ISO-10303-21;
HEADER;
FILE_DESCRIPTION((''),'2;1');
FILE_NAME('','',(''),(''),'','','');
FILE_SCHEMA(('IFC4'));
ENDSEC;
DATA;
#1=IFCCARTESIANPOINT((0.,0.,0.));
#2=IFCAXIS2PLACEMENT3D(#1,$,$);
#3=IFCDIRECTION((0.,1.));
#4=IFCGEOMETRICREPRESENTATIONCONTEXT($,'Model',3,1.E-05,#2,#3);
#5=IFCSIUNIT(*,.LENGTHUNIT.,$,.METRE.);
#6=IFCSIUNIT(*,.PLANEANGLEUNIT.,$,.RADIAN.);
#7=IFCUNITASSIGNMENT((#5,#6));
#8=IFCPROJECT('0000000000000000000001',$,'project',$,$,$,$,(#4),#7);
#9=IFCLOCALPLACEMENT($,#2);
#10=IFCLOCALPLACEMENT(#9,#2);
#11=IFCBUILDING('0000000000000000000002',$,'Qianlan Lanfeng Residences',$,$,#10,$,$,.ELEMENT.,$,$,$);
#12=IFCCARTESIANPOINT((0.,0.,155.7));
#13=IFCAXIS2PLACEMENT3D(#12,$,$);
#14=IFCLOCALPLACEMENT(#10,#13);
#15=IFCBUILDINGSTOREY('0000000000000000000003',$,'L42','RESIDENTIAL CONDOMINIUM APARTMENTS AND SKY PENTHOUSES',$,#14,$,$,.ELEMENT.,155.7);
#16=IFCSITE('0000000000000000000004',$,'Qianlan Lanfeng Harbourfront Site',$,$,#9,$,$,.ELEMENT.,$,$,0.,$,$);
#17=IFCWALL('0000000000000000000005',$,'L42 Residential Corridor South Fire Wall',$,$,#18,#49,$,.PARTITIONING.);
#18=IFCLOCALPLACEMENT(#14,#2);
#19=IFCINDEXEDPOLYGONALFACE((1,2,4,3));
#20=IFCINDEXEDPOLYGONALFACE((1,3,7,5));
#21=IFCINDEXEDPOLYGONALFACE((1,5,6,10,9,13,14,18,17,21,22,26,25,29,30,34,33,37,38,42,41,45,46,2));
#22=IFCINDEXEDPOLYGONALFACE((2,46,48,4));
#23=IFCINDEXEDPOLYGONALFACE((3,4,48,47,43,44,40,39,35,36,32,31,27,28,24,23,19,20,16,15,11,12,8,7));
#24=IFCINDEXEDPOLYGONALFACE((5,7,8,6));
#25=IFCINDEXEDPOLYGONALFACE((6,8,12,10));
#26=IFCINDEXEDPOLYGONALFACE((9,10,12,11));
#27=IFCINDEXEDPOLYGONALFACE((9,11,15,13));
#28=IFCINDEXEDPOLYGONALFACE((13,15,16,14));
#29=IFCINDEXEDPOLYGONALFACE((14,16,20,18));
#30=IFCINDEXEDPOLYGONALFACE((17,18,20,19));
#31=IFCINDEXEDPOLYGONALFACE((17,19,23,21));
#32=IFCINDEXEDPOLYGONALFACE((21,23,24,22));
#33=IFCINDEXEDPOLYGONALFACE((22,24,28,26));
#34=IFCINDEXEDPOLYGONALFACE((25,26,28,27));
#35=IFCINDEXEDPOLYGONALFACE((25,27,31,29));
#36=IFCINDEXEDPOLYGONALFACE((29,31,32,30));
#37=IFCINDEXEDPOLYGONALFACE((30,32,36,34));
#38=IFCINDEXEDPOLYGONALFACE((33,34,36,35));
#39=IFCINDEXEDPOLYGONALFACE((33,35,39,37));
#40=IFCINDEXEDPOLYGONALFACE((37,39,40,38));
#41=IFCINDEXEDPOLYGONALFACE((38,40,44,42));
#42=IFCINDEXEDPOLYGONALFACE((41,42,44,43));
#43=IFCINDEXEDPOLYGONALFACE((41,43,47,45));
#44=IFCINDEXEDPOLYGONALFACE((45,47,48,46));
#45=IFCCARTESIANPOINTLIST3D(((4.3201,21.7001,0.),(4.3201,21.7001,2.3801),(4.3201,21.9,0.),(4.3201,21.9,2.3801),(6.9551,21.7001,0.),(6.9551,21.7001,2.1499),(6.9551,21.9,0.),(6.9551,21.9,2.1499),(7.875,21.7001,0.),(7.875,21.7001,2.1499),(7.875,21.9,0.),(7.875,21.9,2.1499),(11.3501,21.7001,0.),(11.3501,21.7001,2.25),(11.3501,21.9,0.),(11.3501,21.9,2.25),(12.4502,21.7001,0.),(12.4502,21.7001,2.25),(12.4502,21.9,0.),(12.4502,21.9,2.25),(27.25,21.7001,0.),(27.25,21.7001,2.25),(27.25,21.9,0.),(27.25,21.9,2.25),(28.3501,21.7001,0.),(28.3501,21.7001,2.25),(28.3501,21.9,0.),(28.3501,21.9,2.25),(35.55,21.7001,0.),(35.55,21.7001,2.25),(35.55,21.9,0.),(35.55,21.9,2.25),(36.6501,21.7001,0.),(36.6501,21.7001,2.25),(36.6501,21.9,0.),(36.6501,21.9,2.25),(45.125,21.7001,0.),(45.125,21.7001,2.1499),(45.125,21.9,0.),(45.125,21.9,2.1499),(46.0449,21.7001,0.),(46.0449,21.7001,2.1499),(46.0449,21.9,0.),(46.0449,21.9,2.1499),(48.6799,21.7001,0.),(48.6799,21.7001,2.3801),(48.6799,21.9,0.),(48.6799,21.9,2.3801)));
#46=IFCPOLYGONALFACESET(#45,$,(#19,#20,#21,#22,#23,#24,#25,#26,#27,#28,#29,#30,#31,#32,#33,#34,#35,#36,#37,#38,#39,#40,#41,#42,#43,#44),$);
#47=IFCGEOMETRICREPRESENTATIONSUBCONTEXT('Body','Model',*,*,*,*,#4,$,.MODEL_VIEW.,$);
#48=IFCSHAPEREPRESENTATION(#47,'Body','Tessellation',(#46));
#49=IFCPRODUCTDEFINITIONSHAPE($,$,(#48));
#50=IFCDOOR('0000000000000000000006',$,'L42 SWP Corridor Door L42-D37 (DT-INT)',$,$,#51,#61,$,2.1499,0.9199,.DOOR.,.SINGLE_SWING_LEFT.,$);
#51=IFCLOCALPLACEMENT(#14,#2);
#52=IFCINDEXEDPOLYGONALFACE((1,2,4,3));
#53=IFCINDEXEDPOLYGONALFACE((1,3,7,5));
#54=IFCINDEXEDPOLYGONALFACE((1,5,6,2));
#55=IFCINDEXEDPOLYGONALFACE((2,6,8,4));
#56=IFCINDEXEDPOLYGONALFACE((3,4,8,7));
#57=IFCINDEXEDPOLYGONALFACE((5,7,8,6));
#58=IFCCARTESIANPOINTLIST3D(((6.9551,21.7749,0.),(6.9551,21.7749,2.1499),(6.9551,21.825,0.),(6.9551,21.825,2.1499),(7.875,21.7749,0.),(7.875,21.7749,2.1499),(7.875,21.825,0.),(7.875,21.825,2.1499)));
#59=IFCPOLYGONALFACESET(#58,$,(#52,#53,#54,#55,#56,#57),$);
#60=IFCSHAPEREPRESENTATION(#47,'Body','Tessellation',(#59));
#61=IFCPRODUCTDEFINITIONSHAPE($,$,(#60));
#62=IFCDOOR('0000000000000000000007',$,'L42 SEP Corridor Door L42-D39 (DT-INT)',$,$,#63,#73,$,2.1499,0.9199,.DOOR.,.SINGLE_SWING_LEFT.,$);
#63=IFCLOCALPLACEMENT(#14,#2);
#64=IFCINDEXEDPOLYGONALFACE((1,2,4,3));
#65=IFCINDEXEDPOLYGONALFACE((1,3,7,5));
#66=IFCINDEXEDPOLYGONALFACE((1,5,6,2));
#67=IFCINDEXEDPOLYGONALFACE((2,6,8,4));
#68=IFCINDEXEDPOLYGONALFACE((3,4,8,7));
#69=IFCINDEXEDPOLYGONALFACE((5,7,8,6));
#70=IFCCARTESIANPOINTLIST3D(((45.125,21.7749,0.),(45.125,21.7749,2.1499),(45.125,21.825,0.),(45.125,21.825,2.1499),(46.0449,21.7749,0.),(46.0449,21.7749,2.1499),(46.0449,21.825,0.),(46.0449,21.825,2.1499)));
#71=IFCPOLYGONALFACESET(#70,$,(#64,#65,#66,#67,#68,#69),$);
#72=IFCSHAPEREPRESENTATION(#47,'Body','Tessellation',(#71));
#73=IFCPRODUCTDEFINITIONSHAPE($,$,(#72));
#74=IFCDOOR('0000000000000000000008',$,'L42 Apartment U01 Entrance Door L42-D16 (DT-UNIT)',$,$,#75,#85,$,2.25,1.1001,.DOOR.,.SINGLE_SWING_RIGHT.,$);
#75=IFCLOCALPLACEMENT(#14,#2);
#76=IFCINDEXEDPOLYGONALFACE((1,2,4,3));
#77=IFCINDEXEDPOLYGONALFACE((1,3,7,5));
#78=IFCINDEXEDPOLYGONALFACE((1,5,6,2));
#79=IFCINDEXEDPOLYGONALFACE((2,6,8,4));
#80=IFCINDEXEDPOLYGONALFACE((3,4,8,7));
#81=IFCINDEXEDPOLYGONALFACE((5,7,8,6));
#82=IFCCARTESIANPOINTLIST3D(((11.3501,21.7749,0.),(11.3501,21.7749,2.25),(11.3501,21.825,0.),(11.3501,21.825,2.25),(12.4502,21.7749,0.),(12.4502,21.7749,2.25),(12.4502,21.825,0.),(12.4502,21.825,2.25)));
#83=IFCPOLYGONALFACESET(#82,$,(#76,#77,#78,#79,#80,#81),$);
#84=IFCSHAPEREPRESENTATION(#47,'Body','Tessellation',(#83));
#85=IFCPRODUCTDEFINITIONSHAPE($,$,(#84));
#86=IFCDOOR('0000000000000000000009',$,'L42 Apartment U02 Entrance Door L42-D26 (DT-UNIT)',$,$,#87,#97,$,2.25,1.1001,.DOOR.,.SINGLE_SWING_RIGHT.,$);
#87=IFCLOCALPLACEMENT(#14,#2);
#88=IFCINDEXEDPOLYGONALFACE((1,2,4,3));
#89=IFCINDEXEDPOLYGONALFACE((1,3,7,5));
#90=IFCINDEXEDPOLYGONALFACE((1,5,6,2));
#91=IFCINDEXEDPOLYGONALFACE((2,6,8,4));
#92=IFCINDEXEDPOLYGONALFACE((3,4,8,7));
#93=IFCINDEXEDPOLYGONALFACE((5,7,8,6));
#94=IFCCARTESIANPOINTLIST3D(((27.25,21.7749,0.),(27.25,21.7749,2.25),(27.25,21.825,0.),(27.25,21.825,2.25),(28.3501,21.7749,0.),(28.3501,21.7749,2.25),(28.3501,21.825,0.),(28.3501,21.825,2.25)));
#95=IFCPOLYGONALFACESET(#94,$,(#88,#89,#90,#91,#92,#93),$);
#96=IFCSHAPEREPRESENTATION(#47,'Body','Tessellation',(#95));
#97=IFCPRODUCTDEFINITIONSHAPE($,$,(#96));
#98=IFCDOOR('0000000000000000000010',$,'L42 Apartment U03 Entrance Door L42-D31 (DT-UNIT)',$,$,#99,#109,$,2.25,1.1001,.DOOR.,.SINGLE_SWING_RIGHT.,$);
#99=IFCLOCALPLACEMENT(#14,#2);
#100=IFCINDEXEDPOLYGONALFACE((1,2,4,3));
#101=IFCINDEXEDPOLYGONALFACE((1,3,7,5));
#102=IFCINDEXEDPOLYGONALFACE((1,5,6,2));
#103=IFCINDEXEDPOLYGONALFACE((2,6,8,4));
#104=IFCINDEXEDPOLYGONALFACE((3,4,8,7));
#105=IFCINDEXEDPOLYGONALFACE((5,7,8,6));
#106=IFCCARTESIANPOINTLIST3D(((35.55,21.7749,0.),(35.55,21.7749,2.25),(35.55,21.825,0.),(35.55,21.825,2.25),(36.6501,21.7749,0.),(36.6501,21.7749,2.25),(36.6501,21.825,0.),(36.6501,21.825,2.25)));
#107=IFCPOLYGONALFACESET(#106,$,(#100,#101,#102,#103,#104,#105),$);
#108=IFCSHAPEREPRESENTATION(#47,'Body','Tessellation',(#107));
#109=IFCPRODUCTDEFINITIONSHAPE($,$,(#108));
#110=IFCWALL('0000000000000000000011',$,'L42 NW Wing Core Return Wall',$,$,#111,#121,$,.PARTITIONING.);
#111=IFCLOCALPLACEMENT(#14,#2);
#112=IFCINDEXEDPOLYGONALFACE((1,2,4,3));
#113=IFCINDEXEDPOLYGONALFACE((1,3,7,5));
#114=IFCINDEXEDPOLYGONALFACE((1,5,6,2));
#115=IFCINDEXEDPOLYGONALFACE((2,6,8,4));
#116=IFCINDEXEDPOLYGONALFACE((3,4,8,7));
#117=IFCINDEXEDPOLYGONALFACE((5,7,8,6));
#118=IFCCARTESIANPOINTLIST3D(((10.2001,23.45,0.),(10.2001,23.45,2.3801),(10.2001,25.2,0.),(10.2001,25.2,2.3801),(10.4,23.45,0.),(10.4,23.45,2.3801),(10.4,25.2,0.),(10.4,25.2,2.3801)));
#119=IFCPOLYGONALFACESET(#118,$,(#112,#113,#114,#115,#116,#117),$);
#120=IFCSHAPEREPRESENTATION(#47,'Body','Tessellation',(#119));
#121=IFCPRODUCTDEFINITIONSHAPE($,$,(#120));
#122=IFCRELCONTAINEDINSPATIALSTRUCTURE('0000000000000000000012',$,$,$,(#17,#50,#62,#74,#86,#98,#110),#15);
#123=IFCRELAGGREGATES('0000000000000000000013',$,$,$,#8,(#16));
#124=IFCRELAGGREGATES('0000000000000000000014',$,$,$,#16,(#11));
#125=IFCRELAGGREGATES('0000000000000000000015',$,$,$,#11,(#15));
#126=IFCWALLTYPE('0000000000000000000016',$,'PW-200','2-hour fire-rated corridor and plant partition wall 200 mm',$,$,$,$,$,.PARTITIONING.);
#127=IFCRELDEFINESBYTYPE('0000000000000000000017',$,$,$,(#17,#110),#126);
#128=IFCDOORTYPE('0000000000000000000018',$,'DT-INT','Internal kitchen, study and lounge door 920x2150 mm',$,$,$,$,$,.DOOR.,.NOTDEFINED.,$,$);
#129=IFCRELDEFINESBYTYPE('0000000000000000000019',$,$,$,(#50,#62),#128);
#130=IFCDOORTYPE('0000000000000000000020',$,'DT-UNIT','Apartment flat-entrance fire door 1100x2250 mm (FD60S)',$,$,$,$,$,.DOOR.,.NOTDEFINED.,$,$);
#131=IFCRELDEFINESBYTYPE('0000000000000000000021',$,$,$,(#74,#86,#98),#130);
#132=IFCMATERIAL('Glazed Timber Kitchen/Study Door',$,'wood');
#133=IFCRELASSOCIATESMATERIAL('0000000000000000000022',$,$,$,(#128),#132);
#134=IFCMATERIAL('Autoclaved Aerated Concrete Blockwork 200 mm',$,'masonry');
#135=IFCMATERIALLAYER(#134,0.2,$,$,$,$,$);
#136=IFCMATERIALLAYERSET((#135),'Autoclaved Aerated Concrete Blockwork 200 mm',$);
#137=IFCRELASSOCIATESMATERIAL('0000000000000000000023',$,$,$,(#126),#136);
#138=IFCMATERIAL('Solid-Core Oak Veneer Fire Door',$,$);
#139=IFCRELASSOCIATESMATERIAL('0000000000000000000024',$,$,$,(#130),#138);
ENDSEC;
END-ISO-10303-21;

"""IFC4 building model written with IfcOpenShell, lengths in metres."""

from ifc_helpers import new_model, si_unit, direction, frame, frame_2d, origin, place, context, subcontext, project, spatial, rectangle, extrude, material, layer, layer_set, type_object, element, fill, save


model = new_model("IFC4")

# Units and contexts
model_context = context("Model", 3, precision=1e-05, world=origin(), true_north=direction((0.0, 1.0)))
body_context = subcontext(model_context, "Body", "Model", "MODEL_VIEW")
ifc_project = project(units=[si_unit("LENGTHUNIT", "METRE"), si_unit("PLANEANGLEUNIT", "RADIAN")], contexts=[model_context])

# Site, building, storey
site_placement = place(None, origin())
site = spatial("IfcSite", under=ifc_project, at=site_placement, Name="Qianlan Lanfeng Harbourfront Site", CompositionType="ELEMENT", RefElevation=0.0)
building_placement = place(site_placement, origin())
building = spatial("IfcBuilding", under=site, at=building_placement, Name="Qianlan Lanfeng Residences", CompositionType="ELEMENT")
storey_placement = place(building_placement, frame((0.0, 0.0, 155.7)))
storey = spatial("IfcBuildingStorey", under=building, at=storey_placement, Name="L42", Description="RESIDENTIAL CONDOMINIUM APARTMENTS AND SKY PENTHOUSES", CompositionType="ELEMENT", Elevation=155.7)

# Shared definitions
ifc_material_1 = material(Name="Glazed Timber Kitchen/Study Door", Category="wood")
door_type_1 = type_object("IfcDoorType", Name="DT-INT", Description="Internal kitchen, study and lounge door 920x2150 mm", OperationType="NOTDEFINED", PredefinedType="DOOR", material=ifc_material_1)

# Wall, openings, doors
ifc_material_2 = material(Name="Autoclaved Aerated Concrete Blockwork 200 mm", Category="masonry")
ifc_layer_1 = layer(ifc_material_2, 0.2)
ifc_layer_set_1 = layer_set([ifc_layer_1], Name="Autoclaved Aerated Concrete Blockwork 200 mm")
wall_type_1 = type_object("IfcWallType", Name="PW-200", Description="2-hour fire-rated corridor and plant partition wall 200 mm", PredefinedType="PARTITIONING", material=ifc_layer_set_1)
wall_1_placement = place(storey_placement, frame((4.3201, 21.8, 0.0), z_axis=(0.0, 0.0, 1.0), x_axis=(1.0, 0.0, 0.0)))
wall_1 = element("IfcWall", 1, at=wall_1_placement, inside=storey, type_object=wall_type_1, Name="L42 Residential Corridor South Fire Wall", PredefinedType="PARTITIONING", context=body_context, shape_type="SweptSolid", body=[
    extrude(rectangle(XDim=44.3599, YDim=0.2, at=frame_2d((22.1799, 0.0))), origin(), (0.0, 0.0, 1.0), 2.3801),
])
opening_1_placement = place(wall_1_placement, frame((7.03, 0.0, 0.0)))
opening_1 = element("IfcOpeningElement", 2, at=opening_1_placement, cuts=wall_1, PredefinedType="OPENING", context=body_context, shape_type="SweptSolid", body=[
    extrude(rectangle(XDim=1.1001, YDim=2.25, at=frame_2d((0.55, 1.125))), frame((0.0, 0.1099, 0.0), z_axis=(0.0, -1.0, 0.0), x_axis=(1.0, 0.0, 0.0)), (0.0, 0.0, 1.0), 0.22),
])
opening_2_placement = place(wall_1_placement, frame((22.9299, 0.0, 0.0)))
opening_2 = element("IfcOpeningElement", 3, at=opening_2_placement, cuts=wall_1, PredefinedType="OPENING", context=body_context, shape_type="SweptSolid", body=[
    extrude(rectangle(XDim=1.1001, YDim=2.25, at=frame_2d((0.55, 1.125))), frame((0.0, 0.1099, 0.0), z_axis=(0.0, -1.0, 0.0), x_axis=(1.0, 0.0, 0.0)), (0.0, 0.0, 1.0), 0.22),
])
opening_3_placement = place(wall_1_placement, frame((31.23, 0.0, 0.0)))
opening_3 = element("IfcOpeningElement", 4, at=opening_3_placement, cuts=wall_1, PredefinedType="OPENING", context=body_context, shape_type="SweptSolid", body=[
    extrude(rectangle(XDim=1.1001, YDim=2.25, at=frame_2d((0.55, 1.125))), frame((0.0, 0.1099, 0.0), z_axis=(0.0, -1.0, 0.0), x_axis=(1.0, 0.0, 0.0)), (0.0, 0.0, 1.0), 0.22),
])
opening_4_placement = place(wall_1_placement, frame((2.635, 0.0, 0.0)))
opening_4 = element("IfcOpeningElement", 5, at=opening_4_placement, cuts=wall_1, PredefinedType="OPENING", context=body_context, shape_type="SweptSolid", body=[
    extrude(rectangle(XDim=0.9199, YDim=2.1499, at=frame_2d((0.46, 1.075))), frame((0.0, 0.1099, 0.0), z_axis=(0.0, -1.0, 0.0), x_axis=(1.0, 0.0, 0.0)), (0.0, 0.0, 1.0), 0.22),
])
opening_5_placement = place(wall_1_placement, frame((40.8049, 0.0, 0.0)))
opening_5 = element("IfcOpeningElement", 6, at=opening_5_placement, cuts=wall_1, PredefinedType="OPENING", context=body_context, shape_type="SweptSolid", body=[
    extrude(rectangle(XDim=0.9199, YDim=2.1499, at=frame_2d((0.46, 1.075))), frame((0.0, 0.1099, 0.0), z_axis=(0.0, -1.0, 0.0), x_axis=(1.0, 0.0, 0.0)), (0.0, 0.0, 1.0), 0.22),
])
door_1_placement = place(opening_4_placement, origin())
door_1 = element("IfcDoor", 7, at=door_1_placement, inside=storey, type_object=door_type_1, Name="L42 SWP Corridor Door L42-D37 (DT-INT)", OperationType="SINGLE_SWING_LEFT", OverallHeight=2.1499, OverallWidth=0.9199, PredefinedType="DOOR", context=body_context, shape_type="SweptSolid", body=[
    extrude(rectangle(XDim=0.9199, YDim=2.1499, at=frame_2d((0.46, 1.075))), frame((0.0, 0.0249, 0.0), z_axis=(0.0, -1.0, 0.0), x_axis=(1.0, 0.0, 0.0)), (0.0, 0.0, 1.0), 0.05),
])
fill(opening_4, door_1)
door_2_placement = place(opening_5_placement, origin())
door_2 = element("IfcDoor", 8, at=door_2_placement, inside=storey, type_object=door_type_1, Name="L42 SEP Corridor Door L42-D39 (DT-INT)", OperationType="SINGLE_SWING_LEFT", OverallHeight=2.1499, OverallWidth=0.9199, PredefinedType="DOOR", context=body_context, shape_type="SweptSolid", body=[
    extrude(rectangle(XDim=0.9199, YDim=2.1499, at=frame_2d((0.46, 1.075))), frame((0.0, 0.0249, 0.0), z_axis=(0.0, -1.0, 0.0), x_axis=(1.0, 0.0, 0.0)), (0.0, 0.0, 1.0), 0.05),
])
fill(opening_5, door_2)
ifc_material_3 = material(Name="Solid-Core Oak Veneer Fire Door")
door_type_2 = type_object("IfcDoorType", Name="DT-UNIT", Description="Apartment flat-entrance fire door 1100x2250 mm (FD60S)", OperationType="NOTDEFINED", PredefinedType="DOOR", material=ifc_material_3)
door_3_placement = place(opening_1_placement, origin())
door_3 = element("IfcDoor", 9, at=door_3_placement, inside=storey, type_object=door_type_2, Name="L42 Apartment U01 Entrance Door L42-D16 (DT-UNIT)", OperationType="SINGLE_SWING_RIGHT", OverallHeight=2.25, OverallWidth=1.1001, PredefinedType="DOOR", context=body_context, shape_type="SweptSolid", body=[
    extrude(rectangle(XDim=1.1001, YDim=2.25, at=frame_2d((0.55, 1.125))), frame((0.0, 0.0249, 0.0), z_axis=(0.0, -1.0, 0.0), x_axis=(1.0, 0.0, 0.0)), (0.0, 0.0, 1.0), 0.05),
])
fill(opening_1, door_3)
door_4_placement = place(opening_2_placement, origin())
door_4 = element("IfcDoor", 10, at=door_4_placement, inside=storey, type_object=door_type_2, Name="L42 Apartment U02 Entrance Door L42-D26 (DT-UNIT)", OperationType="SINGLE_SWING_RIGHT", OverallHeight=2.25, OverallWidth=1.1001, PredefinedType="DOOR", context=body_context, shape_type="SweptSolid", body=[
    extrude(rectangle(XDim=1.1001, YDim=2.25, at=frame_2d((0.55, 1.125))), frame((0.0, 0.0249, 0.0), z_axis=(0.0, -1.0, 0.0), x_axis=(1.0, 0.0, 0.0)), (0.0, 0.0, 1.0), 0.05),
])
fill(opening_2, door_4)
door_5_placement = place(opening_3_placement, origin())
door_5 = element("IfcDoor", 11, at=door_5_placement, inside=storey, type_object=door_type_2, Name="L42 Apartment U03 Entrance Door L42-D31 (DT-UNIT)", OperationType="SINGLE_SWING_RIGHT", OverallHeight=2.25, OverallWidth=1.1001, PredefinedType="DOOR", context=body_context, shape_type="SweptSolid", body=[
    extrude(rectangle(XDim=1.1001, YDim=2.25, at=frame_2d((0.55, 1.125))), frame((0.0, 0.0249, 0.0), z_axis=(0.0, -1.0, 0.0), x_axis=(1.0, 0.0, 0.0)), (0.0, 0.0, 1.0), 0.05),
])
fill(opening_3, door_5)

# Wall
wall_2_placement = place(storey_placement, frame((10.3, 23.45, 0.0), z_axis=(0.0, 0.0, 1.0), x_axis=(0.0, 1.0, 0.0)))
element("IfcWall", 12, at=wall_2_placement, inside=storey, type_object=wall_type_1, Name="L42 NW Wing Core Return Wall", PredefinedType="PARTITIONING", context=body_context, shape_type="SweptSolid", body=[
    extrude(rectangle(XDim=1.75, YDim=0.2, at=frame_2d((0.875, 0.0))), origin(), (0.0, 0.0, 1.0), 2.3801),
])

save(model, "model.ifc")
